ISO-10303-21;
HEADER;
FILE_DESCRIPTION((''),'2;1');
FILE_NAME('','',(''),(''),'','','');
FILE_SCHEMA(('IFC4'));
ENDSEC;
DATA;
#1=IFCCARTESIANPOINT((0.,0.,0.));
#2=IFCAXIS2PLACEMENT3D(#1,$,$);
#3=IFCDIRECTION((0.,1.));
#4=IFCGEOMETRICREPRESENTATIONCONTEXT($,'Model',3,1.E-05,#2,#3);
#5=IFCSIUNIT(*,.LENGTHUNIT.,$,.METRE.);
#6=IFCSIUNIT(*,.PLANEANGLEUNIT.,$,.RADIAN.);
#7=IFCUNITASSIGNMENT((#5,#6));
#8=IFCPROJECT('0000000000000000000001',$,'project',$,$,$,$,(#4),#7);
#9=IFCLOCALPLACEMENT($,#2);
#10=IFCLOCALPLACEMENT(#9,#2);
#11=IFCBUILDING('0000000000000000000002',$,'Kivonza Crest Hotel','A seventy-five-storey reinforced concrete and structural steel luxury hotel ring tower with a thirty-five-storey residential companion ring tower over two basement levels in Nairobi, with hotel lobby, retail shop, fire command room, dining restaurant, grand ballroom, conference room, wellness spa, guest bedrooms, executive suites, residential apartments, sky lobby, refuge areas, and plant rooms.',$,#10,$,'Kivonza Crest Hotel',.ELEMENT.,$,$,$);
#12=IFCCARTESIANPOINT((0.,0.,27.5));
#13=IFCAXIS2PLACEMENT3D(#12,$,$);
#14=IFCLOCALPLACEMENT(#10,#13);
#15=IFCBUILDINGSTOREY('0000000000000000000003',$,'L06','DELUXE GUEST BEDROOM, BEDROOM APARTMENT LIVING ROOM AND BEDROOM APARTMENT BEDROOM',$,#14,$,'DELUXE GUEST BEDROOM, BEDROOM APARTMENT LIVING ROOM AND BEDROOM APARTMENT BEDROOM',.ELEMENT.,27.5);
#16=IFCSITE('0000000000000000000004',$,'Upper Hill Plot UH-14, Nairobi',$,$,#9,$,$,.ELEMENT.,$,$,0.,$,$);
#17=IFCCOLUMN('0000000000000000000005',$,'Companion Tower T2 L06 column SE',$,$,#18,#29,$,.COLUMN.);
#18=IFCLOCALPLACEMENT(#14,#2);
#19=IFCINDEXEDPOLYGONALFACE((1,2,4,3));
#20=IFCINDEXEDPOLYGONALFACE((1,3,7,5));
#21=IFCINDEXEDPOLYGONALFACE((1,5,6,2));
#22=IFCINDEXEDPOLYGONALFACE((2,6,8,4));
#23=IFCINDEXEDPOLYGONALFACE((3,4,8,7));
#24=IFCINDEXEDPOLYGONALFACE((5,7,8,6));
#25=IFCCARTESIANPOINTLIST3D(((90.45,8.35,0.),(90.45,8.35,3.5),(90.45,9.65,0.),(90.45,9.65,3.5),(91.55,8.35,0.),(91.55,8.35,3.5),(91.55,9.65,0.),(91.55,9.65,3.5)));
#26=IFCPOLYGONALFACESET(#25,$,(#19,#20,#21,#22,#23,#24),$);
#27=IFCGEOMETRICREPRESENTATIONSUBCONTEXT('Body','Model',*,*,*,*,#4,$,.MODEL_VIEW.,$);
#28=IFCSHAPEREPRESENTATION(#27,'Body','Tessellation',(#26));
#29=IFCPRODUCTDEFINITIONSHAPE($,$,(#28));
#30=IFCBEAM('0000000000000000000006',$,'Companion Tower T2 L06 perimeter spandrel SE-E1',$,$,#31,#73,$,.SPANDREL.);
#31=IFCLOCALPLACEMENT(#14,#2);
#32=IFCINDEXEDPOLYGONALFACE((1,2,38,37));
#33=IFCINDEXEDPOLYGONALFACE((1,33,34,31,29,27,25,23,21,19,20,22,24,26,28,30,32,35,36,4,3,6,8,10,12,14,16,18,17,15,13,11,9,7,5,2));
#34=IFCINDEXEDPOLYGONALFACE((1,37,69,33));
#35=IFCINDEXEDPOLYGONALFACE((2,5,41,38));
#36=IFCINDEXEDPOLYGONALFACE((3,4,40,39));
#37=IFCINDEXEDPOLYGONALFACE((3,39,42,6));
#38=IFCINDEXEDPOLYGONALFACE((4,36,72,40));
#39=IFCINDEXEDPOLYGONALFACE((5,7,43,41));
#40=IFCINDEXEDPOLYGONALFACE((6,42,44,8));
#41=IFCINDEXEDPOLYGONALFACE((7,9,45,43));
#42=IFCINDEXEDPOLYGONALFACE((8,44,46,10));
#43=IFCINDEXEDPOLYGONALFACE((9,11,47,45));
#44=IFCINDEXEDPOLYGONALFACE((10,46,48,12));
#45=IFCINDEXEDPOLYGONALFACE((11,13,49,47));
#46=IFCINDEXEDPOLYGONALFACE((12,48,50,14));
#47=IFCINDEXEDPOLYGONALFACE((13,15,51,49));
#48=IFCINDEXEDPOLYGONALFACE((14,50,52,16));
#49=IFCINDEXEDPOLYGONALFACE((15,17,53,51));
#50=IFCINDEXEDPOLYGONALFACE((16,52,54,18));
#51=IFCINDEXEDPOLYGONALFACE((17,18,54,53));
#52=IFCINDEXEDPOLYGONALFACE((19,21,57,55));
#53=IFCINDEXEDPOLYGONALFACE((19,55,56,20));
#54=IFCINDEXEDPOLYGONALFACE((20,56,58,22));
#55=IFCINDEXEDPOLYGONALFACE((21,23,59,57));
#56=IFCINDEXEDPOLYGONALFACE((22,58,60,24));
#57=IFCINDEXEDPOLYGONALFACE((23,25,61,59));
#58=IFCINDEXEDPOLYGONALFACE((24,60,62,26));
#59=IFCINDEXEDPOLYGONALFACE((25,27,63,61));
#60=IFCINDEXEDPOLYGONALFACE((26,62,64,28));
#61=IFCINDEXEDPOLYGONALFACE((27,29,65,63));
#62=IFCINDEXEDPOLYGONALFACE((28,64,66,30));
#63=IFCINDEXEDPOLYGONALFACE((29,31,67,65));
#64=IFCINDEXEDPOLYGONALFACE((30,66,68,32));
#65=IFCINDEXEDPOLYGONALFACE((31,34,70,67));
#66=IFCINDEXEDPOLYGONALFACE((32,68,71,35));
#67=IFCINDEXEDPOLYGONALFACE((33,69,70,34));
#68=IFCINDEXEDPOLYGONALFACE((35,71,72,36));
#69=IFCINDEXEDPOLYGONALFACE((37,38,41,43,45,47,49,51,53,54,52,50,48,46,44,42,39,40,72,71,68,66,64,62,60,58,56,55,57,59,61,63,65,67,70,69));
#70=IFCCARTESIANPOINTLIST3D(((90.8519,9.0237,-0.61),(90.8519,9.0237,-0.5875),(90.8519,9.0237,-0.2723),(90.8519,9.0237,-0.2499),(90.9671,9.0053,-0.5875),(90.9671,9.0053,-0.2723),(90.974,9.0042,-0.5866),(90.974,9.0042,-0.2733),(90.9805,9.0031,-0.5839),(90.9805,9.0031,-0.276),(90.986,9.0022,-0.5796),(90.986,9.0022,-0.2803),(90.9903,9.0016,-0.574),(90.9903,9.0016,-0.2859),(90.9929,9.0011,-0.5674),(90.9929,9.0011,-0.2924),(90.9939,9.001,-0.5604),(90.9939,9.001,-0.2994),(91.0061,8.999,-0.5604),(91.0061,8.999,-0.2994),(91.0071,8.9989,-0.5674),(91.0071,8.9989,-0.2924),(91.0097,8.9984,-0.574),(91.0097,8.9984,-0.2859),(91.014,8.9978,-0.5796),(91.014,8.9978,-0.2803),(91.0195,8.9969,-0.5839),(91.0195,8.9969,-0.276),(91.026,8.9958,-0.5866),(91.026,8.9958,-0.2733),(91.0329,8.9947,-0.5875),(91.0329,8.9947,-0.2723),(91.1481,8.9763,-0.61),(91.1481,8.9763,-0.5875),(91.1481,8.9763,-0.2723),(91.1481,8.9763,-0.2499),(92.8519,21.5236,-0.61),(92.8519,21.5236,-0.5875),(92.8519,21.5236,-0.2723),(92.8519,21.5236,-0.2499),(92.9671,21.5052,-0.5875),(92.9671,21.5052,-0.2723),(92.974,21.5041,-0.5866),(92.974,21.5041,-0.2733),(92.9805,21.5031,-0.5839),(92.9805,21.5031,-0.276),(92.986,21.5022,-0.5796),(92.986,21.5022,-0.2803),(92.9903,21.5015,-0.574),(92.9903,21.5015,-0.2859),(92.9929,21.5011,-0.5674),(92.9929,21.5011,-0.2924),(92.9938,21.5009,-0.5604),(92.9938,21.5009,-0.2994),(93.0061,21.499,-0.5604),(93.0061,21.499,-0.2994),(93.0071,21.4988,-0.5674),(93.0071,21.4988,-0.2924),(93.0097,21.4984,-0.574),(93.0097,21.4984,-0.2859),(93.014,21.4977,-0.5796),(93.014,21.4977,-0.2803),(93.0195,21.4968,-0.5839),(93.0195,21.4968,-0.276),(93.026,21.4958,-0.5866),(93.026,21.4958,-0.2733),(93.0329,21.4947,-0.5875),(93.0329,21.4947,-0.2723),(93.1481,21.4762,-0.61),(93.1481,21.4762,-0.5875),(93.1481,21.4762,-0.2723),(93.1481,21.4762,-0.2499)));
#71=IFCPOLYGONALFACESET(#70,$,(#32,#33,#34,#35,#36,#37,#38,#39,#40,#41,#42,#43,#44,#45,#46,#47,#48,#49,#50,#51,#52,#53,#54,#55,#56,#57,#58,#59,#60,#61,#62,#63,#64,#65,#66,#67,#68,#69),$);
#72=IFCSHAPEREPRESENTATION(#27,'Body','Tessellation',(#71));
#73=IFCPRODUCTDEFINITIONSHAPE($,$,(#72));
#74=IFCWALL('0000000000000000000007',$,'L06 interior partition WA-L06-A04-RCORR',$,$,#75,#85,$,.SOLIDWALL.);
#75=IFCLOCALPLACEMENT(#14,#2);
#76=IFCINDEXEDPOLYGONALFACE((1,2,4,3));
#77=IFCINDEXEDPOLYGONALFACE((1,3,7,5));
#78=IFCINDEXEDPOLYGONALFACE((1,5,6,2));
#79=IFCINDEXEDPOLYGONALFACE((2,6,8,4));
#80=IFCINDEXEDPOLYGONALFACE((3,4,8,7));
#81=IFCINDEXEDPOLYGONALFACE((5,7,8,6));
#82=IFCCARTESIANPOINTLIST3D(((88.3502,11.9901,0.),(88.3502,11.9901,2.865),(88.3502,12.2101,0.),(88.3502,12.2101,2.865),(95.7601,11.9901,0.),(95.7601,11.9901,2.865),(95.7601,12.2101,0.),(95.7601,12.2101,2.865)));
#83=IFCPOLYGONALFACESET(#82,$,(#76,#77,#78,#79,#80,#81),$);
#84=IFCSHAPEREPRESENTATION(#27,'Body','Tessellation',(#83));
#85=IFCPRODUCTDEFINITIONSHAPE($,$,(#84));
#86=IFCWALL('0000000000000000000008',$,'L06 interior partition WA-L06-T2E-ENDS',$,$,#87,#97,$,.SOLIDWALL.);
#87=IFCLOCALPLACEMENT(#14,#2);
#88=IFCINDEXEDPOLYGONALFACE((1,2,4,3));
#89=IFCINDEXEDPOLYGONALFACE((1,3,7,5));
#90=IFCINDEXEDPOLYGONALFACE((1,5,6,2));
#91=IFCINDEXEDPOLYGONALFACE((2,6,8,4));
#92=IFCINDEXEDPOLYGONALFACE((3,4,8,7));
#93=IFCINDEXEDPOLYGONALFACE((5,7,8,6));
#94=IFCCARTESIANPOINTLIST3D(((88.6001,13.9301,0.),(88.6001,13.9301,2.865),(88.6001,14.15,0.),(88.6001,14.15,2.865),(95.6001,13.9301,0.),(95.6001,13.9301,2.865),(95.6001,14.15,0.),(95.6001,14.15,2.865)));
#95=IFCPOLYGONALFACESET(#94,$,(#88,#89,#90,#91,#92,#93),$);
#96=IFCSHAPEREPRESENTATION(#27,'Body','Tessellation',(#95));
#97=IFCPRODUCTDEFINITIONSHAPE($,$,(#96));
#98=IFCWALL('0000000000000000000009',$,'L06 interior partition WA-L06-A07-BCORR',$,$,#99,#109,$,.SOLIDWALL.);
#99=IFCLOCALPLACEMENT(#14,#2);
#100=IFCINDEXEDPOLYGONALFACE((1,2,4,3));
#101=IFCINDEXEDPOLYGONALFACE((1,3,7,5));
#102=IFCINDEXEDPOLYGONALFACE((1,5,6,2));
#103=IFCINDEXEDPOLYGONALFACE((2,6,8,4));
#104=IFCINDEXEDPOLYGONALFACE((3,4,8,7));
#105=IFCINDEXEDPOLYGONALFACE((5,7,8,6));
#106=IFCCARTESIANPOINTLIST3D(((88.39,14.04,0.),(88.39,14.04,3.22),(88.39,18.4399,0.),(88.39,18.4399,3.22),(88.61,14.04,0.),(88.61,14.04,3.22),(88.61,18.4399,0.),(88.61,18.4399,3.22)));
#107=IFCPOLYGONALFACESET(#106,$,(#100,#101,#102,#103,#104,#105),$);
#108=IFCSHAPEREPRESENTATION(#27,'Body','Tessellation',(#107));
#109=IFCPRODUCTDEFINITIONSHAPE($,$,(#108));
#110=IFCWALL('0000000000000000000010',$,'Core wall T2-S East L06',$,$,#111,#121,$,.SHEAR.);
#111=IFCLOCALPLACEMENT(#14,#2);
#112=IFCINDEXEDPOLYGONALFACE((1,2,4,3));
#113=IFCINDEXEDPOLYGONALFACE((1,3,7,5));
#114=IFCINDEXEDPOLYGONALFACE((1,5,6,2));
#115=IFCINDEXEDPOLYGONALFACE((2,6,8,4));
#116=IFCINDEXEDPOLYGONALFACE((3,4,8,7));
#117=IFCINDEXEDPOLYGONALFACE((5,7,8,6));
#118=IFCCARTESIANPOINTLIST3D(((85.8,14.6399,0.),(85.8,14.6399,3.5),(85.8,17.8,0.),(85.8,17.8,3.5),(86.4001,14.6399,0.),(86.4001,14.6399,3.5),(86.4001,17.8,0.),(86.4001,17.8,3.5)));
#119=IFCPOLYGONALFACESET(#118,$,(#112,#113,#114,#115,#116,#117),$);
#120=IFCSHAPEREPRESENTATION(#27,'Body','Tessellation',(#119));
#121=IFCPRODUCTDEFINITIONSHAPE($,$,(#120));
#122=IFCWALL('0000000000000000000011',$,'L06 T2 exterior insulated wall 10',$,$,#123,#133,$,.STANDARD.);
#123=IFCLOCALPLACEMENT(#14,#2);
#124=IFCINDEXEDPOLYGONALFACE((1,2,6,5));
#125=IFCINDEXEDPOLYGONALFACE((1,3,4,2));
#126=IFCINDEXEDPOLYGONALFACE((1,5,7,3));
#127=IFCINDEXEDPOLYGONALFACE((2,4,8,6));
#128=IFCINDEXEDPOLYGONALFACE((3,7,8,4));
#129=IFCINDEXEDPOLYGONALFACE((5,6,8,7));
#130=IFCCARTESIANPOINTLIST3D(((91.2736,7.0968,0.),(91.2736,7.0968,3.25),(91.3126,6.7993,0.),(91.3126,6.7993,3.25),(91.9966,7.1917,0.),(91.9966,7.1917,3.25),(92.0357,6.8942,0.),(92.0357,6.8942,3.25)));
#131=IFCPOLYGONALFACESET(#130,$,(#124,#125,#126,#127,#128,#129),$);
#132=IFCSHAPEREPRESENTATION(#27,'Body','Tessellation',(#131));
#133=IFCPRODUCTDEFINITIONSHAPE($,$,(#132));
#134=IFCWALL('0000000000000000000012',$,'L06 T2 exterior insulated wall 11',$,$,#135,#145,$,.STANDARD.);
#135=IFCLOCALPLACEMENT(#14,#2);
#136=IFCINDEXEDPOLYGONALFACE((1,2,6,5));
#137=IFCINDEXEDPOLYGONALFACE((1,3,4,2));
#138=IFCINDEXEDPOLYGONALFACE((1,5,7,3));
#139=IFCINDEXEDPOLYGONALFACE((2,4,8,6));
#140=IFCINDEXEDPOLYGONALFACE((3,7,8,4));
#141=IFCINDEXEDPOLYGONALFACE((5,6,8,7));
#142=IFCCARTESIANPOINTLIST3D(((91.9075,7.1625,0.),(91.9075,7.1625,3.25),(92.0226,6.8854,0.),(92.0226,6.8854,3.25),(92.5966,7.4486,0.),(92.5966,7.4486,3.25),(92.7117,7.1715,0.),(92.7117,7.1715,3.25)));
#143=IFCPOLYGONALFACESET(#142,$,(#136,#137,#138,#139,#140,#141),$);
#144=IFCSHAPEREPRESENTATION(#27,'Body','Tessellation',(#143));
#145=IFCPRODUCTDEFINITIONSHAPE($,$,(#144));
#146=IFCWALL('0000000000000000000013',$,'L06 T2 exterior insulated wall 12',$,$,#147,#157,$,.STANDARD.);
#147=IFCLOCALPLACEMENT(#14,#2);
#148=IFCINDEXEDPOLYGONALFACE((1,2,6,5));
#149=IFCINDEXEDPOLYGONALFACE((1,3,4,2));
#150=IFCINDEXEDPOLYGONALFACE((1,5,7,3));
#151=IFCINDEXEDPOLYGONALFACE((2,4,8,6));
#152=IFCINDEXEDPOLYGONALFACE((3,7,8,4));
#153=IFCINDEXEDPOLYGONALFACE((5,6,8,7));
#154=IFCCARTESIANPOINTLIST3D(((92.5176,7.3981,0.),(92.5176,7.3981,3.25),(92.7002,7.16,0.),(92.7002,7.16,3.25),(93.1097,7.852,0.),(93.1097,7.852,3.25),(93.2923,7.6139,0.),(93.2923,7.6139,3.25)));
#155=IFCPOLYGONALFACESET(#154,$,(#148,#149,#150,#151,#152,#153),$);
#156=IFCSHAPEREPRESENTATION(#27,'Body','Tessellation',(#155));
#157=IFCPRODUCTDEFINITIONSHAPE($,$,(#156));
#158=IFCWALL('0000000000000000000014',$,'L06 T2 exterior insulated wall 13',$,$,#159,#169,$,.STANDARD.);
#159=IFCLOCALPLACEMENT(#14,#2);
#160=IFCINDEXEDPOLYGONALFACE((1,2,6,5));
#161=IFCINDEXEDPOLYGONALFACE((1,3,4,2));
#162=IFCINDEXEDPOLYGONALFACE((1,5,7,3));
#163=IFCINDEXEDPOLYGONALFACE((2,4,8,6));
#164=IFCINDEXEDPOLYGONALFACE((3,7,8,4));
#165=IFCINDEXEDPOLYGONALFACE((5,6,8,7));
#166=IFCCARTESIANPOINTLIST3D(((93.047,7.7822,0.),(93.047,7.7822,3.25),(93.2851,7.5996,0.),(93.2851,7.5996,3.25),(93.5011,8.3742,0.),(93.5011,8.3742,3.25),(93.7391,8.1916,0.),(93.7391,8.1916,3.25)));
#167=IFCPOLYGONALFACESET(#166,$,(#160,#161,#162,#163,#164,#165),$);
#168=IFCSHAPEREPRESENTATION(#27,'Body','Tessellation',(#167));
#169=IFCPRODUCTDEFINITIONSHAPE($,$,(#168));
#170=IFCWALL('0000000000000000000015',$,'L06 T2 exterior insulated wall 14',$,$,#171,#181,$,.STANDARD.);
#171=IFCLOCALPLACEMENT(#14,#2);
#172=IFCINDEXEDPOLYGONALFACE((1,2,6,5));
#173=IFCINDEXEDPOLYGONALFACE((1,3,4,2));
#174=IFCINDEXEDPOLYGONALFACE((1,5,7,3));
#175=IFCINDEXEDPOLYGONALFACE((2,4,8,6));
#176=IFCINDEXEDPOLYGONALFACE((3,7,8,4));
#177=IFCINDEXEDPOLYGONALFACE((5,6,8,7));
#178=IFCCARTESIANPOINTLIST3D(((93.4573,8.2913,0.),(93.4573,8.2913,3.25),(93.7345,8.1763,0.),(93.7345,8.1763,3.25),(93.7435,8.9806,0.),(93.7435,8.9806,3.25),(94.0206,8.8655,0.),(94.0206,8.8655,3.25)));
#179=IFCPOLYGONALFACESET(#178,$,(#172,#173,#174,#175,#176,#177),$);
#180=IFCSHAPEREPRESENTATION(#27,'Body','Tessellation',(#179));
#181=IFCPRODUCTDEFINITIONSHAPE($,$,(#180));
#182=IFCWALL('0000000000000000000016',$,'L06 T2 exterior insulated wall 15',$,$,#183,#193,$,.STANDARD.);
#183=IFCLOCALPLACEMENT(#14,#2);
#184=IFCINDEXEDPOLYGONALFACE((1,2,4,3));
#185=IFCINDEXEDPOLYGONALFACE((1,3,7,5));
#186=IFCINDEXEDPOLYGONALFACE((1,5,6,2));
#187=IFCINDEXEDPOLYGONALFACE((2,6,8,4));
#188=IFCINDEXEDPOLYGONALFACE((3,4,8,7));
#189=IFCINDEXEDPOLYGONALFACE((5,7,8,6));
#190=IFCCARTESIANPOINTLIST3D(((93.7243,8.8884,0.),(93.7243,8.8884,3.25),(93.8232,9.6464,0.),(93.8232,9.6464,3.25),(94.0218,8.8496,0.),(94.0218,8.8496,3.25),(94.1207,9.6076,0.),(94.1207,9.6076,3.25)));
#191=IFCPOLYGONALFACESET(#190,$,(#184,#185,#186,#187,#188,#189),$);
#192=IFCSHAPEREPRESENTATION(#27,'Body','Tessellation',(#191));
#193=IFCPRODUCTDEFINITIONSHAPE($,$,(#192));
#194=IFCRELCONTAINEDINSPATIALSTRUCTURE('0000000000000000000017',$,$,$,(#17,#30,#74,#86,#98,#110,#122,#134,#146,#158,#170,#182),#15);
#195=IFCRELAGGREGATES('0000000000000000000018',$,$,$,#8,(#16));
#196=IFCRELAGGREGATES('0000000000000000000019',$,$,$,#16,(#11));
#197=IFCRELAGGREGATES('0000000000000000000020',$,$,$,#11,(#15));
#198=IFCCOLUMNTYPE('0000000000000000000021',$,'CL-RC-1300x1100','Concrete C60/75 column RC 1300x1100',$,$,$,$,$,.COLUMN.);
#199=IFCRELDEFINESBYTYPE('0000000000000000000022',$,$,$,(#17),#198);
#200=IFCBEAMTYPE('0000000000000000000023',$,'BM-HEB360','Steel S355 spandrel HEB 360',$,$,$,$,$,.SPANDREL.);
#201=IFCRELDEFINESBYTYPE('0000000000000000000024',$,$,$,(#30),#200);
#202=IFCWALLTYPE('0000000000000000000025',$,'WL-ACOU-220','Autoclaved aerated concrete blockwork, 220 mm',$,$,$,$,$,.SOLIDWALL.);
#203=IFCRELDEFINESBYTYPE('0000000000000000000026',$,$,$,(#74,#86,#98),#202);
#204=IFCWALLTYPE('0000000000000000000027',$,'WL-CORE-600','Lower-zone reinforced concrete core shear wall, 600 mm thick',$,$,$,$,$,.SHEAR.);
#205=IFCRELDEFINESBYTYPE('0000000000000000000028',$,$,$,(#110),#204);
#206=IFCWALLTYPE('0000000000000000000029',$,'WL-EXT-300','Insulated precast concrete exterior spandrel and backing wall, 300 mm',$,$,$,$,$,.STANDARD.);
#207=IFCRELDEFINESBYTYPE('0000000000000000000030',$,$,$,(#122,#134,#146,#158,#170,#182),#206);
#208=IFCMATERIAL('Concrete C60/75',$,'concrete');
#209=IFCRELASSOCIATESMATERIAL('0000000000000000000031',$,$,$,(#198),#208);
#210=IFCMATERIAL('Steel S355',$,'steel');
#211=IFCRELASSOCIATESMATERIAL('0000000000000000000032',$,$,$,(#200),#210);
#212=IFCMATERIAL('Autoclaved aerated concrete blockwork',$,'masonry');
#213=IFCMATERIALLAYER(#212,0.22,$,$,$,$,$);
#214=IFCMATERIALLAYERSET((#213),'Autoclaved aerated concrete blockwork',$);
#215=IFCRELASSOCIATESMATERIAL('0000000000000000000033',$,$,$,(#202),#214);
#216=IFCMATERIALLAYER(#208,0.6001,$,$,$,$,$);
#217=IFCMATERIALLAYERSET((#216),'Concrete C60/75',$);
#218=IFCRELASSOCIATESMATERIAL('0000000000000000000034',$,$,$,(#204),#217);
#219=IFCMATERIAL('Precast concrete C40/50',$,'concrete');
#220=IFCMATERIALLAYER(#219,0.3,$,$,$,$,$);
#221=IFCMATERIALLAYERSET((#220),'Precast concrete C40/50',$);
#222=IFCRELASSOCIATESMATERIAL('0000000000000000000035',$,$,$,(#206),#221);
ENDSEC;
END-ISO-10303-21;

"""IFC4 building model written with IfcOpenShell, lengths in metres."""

from ifc_helpers import new_model, si_unit, direction, frame, frame_2d, origin, origin_2d, place, context, subcontext, project, spatial, rectangle, i_section, extrude, material, layer, layer_set, material_profile, profile_set, type_object, element, save


model = new_model("IFC4")

# Units and contexts
model_context = context("Model", 3, precision=1e-05, world=origin(), true_north=direction((0.0, 1.0)))
body_context = subcontext(model_context, "Body", "Model", "MODEL_VIEW")
ifc_project = project(units=[si_unit("LENGTHUNIT", "METRE"), si_unit("PLANEANGLEUNIT", "RADIAN")], contexts=[model_context])

# Site, building, storey
site_placement = place(None, origin())
site = spatial("IfcSite", under=ifc_project, at=site_placement, Name="Upper Hill Plot UH-14, Nairobi", CompositionType="ELEMENT", RefElevation=0.0)
building_placement = place(site_placement, origin())
building = spatial("IfcBuilding", under=site, at=building_placement, Name="Kivonza Crest Hotel", Description="A seventy-five-storey reinforced concrete and structural steel luxury hotel ring tower with a thirty-five-storey residential companion ring tower over two basement levels in Nairobi, with hotel lobby, retail shop, fire command room, dining restaurant, grand ballroom, conference room, wellness spa, guest bedrooms, executive suites, residential apartments, sky lobby, refuge areas, and plant rooms.", LongName="Kivonza Crest Hotel", CompositionType="ELEMENT")
storey_placement = place(building_placement, frame((0.0, 0.0, 27.5)))
storey = spatial("IfcBuildingStorey", under=building, at=storey_placement, Name="L06", Description="DELUXE GUEST BEDROOM, BEDROOM APARTMENT LIVING ROOM AND BEDROOM APARTMENT BEDROOM", LongName="DELUXE GUEST BEDROOM, BEDROOM APARTMENT LIVING ROOM AND BEDROOM APARTMENT BEDROOM", CompositionType="ELEMENT", Elevation=27.5)

# Column
ifc_material_1 = material(Name="Concrete C60/75", Category="concrete")
ifc_material_profile_1 = material_profile(ifc_material_1, rectangle(XDim=1.1001, YDim=1.3, at=origin_2d()), Name="RC 1300x1100")
ifc_profile_set_1 = profile_set([ifc_material_profile_1], Name="Concrete C60/75")
column_type = type_object("IfcColumnType", Name="CL-RC-1300x1100", Description="Concrete C60/75 column RC 1300x1100", PredefinedType="COLUMN", material=ifc_profile_set_1)
column_placement = place(storey_placement, frame((91.0, 9.0, 0.0), z_axis=(0.0, 0.0, 1.0), x_axis=(1.0, 0.0, 0.0)))
element("IfcColumn", 1, at=column_placement, inside=storey, type_object=column_type, Name="Companion Tower T2 L06 column SE", PredefinedType="COLUMN", context=body_context, shape_type="SweptSolid", body=[
    extrude(rectangle(XDim=1.1001, YDim=1.3, at=origin_2d()), origin(), (0.0, 0.0, 1.0), 3.5),
])

# Beam
ifc_material_2 = material(Name="Steel S355", Category="steel")
ifc_material_profile_2 = material_profile(ifc_material_2, i_section(OverallWidth=0.3, OverallDepth=0.3601, WebThickness=0.0125, FlangeThickness=0.0225, FilletRadius=0.0271, at=origin_2d()), Name="HEB 360")
ifc_profile_set_2 = profile_set([ifc_material_profile_2], Name="Steel S355")
beam_type = type_object("IfcBeamType", Name="BM-HEB360", Description="Steel S355 spandrel HEB 360", PredefinedType="SPANDREL", material=ifc_profile_set_2)
beam_placement = place(storey_placement, frame((91.0, 9.0, -0.4299), z_axis=(0.157991, 0.987441, 0.0), x_axis=(-0.987441, 0.157991, 0.0)))
element("IfcBeam", 2, at=beam_placement, inside=storey, type_object=beam_type, Name="Companion Tower T2 L06 perimeter spandrel SE-E1", PredefinedType="SPANDREL", context=body_context, shape_type="SweptSolid", body=[
    extrude(i_section(OverallWidth=0.3, OverallDepth=0.3601, WebThickness=0.0125, FlangeThickness=0.0225, FilletRadius=0.0271, at=origin_2d()), origin(), (0.0, 0.0, 1.0), 12.6589),
])

# Walls
ifc_material_3 = material(Name="Autoclaved aerated concrete blockwork", Category="masonry")
ifc_layer_1 = layer(ifc_material_3, 0.22)
ifc_layer_set_1 = layer_set([ifc_layer_1], Name="Autoclaved aerated concrete blockwork")
wall_type_1 = type_object("IfcWallType", Name="WL-ACOU-220", Description="Autoclaved aerated concrete blockwork, 220 mm", PredefinedType="SOLIDWALL", material=ifc_layer_set_1)
wall_1_placement = place(storey_placement, frame((88.3501, 12.1001, 0.0), z_axis=(0.0, 0.0, 1.0), x_axis=(1.0, 0.0, 0.0)))
element("IfcWall", 3, at=wall_1_placement, inside=storey, type_object=wall_type_1, Name="L06 interior partition WA-L06-A04-RCORR", PredefinedType="SOLIDWALL", context=body_context, shape_type="SweptSolid", body=[
    extrude(rectangle(XDim=7.4099, YDim=0.22, at=frame_2d((3.7051, 0.0))), origin(), (0.0, 0.0, 1.0), 2.865),
])
wall_2_placement = place(storey_placement, frame((88.6001, 14.04, 0.0), z_axis=(0.0, 0.0, 1.0), x_axis=(1.0, 0.0, 0.0)))
element("IfcWall", 4, at=wall_2_placement, inside=storey, type_object=wall_type_1, Name="L06 interior partition WA-L06-T2E-ENDS", PredefinedType="SOLIDWALL", context=body_context, shape_type="SweptSolid", body=[
    extrude(rectangle(XDim=7.0, YDim=0.22, at=frame_2d((3.5, 0.0))), origin(), (0.0, 0.0, 1.0), 2.865),
])
wall_3_placement = place(storey_placement, frame((88.5, 14.04, 0.0), z_axis=(0.0, 0.0, 1.0), x_axis=(0.0, 1.0, 0.0)))
element("IfcWall", 5, at=wall_3_placement, inside=storey, type_object=wall_type_1, Name="L06 interior partition WA-L06-A07-BCORR", PredefinedType="SOLIDWALL", context=body_context, shape_type="SweptSolid", body=[
    extrude(rectangle(XDim=4.3999, YDim=0.22, at=frame_2d((2.2, 0.0))), origin(), (0.0, 0.0, 1.0), 3.22),
])
ifc_layer_2 = layer(ifc_material_1, 0.6001)
ifc_layer_set_2 = layer_set([ifc_layer_2], Name="Concrete C60/75")
wall_type_2 = type_object("IfcWallType", Name="WL-CORE-600", Description="Lower-zone reinforced concrete core shear wall, 600 mm thick", PredefinedType="SHEAR", material=ifc_layer_set_2)
wall_4_placement = place(storey_placement, frame((86.1001, 14.6399, 0.0), z_axis=(0.0, 0.0, 1.0), x_axis=(0.0, 1.0, 0.0)))
element("IfcWall", 6, at=wall_4_placement, inside=storey, type_object=wall_type_2, Name="Core wall T2-S East L06", PredefinedType="SHEAR", context=body_context, shape_type="SweptSolid", body=[
    extrude(rectangle(XDim=3.1602, YDim=0.6001, at=frame_2d((1.5801, 0.0))), origin(), (0.0, 0.0, 1.0), 3.5),
])
ifc_material_4 = material(Name="Precast concrete C40/50", Category="concrete")
ifc_layer_3 = layer(ifc_material_4, 0.3)
ifc_layer_set_3 = layer_set([ifc_layer_3], Name="Precast concrete C40/50")
wall_type_3 = type_object("IfcWallType", Name="WL-EXT-300", Description="Insulated precast concrete exterior spandrel and backing wall, 300 mm", PredefinedType="STANDARD", material=ifc_layer_set_3)
wall_5_placement = place(storey_placement, frame((91.293, 6.948, 0.0), z_axis=(0.0, 0.0, 1.0), x_axis=(0.991486, 0.130212, 0.0)))
element("IfcWall", 7, at=wall_5_placement, inside=storey, type_object=wall_type_3, Name="L06 T2 exterior insulated wall 10", PredefinedType="STANDARD", context=body_context, shape_type="SweptSolid", body=[
    extrude(rectangle(XDim=0.7292, YDim=0.3, at=frame_2d((0.3647, 0.0))), origin(), (0.0, 0.0, 1.0), 3.25),
])
for number, where, z_axis, x_axis, name in (
    (8, (91.9651, 7.0239, 0.0), (0.0, 0.0, 1.0), (0.923522, 0.383546, 0.0), "L06 T2 exterior insulated wall 11"),
    (9, (92.6089, 7.2791, 0.0), (0.0, 0.0, 1.0), (0.793633, 0.608397, 0.0), "L06 T2 exterior insulated wall 12"),
    (10, (93.166, 7.6909, 0.0), (0.0, 0.0, 1.0), (0.608603, 0.793475, 0.0), "L06 T2 exterior insulated wall 13"),
):
    element("IfcWall", number, at=place(storey_placement, frame(where, z_axis=z_axis, x_axis=x_axis)), inside=storey, type_object=wall_type_3, Name=name, PredefinedType="STANDARD", context=body_context, shape_type="SweptSolid", body=[
        extrude(rectangle(XDim=0.7461, YDim=0.3, at=frame_2d((0.373, 0.0))), origin(), (0.0, 0.0, 1.0), 3.25),
    ])
wall_6_placement = place(storey_placement, frame((93.5959, 8.2339, 0.0), z_axis=(0.0, 0.0, 1.0), x_axis=(0.38343, 0.92357, 0.0)))
element("IfcWall", 11, at=wall_6_placement, inside=storey, type_object=wall_type_3, Name="L06 T2 exterior insulated wall 14", PredefinedType="STANDARD", context=body_context, shape_type="SweptSolid", body=[
    extrude(rectangle(XDim=0.7463, YDim=0.3, at=frame_2d((0.373, 0.0))), origin(), (0.0, 0.0, 1.0), 3.25),
])
wall_7_placement = place(storey_placement, frame((93.873, 8.8689, 0.0), z_axis=(0.0, 0.0, 1.0), x_axis=(0.129339, 0.9916, 0.0)))
element("IfcWall", 12, at=wall_7_placement, inside=storey, type_object=wall_type_3, Name="L06 T2 exterior insulated wall 15", PredefinedType="STANDARD", context=body_context, shape_type="SweptSolid", body=[
    extrude(rectangle(XDim=0.7644, YDim=0.3, at=frame_2d((0.3823, 0.0))), origin(), (0.0, 0.0, 1.0), 3.25),
])

save(model, "model.ifc")
